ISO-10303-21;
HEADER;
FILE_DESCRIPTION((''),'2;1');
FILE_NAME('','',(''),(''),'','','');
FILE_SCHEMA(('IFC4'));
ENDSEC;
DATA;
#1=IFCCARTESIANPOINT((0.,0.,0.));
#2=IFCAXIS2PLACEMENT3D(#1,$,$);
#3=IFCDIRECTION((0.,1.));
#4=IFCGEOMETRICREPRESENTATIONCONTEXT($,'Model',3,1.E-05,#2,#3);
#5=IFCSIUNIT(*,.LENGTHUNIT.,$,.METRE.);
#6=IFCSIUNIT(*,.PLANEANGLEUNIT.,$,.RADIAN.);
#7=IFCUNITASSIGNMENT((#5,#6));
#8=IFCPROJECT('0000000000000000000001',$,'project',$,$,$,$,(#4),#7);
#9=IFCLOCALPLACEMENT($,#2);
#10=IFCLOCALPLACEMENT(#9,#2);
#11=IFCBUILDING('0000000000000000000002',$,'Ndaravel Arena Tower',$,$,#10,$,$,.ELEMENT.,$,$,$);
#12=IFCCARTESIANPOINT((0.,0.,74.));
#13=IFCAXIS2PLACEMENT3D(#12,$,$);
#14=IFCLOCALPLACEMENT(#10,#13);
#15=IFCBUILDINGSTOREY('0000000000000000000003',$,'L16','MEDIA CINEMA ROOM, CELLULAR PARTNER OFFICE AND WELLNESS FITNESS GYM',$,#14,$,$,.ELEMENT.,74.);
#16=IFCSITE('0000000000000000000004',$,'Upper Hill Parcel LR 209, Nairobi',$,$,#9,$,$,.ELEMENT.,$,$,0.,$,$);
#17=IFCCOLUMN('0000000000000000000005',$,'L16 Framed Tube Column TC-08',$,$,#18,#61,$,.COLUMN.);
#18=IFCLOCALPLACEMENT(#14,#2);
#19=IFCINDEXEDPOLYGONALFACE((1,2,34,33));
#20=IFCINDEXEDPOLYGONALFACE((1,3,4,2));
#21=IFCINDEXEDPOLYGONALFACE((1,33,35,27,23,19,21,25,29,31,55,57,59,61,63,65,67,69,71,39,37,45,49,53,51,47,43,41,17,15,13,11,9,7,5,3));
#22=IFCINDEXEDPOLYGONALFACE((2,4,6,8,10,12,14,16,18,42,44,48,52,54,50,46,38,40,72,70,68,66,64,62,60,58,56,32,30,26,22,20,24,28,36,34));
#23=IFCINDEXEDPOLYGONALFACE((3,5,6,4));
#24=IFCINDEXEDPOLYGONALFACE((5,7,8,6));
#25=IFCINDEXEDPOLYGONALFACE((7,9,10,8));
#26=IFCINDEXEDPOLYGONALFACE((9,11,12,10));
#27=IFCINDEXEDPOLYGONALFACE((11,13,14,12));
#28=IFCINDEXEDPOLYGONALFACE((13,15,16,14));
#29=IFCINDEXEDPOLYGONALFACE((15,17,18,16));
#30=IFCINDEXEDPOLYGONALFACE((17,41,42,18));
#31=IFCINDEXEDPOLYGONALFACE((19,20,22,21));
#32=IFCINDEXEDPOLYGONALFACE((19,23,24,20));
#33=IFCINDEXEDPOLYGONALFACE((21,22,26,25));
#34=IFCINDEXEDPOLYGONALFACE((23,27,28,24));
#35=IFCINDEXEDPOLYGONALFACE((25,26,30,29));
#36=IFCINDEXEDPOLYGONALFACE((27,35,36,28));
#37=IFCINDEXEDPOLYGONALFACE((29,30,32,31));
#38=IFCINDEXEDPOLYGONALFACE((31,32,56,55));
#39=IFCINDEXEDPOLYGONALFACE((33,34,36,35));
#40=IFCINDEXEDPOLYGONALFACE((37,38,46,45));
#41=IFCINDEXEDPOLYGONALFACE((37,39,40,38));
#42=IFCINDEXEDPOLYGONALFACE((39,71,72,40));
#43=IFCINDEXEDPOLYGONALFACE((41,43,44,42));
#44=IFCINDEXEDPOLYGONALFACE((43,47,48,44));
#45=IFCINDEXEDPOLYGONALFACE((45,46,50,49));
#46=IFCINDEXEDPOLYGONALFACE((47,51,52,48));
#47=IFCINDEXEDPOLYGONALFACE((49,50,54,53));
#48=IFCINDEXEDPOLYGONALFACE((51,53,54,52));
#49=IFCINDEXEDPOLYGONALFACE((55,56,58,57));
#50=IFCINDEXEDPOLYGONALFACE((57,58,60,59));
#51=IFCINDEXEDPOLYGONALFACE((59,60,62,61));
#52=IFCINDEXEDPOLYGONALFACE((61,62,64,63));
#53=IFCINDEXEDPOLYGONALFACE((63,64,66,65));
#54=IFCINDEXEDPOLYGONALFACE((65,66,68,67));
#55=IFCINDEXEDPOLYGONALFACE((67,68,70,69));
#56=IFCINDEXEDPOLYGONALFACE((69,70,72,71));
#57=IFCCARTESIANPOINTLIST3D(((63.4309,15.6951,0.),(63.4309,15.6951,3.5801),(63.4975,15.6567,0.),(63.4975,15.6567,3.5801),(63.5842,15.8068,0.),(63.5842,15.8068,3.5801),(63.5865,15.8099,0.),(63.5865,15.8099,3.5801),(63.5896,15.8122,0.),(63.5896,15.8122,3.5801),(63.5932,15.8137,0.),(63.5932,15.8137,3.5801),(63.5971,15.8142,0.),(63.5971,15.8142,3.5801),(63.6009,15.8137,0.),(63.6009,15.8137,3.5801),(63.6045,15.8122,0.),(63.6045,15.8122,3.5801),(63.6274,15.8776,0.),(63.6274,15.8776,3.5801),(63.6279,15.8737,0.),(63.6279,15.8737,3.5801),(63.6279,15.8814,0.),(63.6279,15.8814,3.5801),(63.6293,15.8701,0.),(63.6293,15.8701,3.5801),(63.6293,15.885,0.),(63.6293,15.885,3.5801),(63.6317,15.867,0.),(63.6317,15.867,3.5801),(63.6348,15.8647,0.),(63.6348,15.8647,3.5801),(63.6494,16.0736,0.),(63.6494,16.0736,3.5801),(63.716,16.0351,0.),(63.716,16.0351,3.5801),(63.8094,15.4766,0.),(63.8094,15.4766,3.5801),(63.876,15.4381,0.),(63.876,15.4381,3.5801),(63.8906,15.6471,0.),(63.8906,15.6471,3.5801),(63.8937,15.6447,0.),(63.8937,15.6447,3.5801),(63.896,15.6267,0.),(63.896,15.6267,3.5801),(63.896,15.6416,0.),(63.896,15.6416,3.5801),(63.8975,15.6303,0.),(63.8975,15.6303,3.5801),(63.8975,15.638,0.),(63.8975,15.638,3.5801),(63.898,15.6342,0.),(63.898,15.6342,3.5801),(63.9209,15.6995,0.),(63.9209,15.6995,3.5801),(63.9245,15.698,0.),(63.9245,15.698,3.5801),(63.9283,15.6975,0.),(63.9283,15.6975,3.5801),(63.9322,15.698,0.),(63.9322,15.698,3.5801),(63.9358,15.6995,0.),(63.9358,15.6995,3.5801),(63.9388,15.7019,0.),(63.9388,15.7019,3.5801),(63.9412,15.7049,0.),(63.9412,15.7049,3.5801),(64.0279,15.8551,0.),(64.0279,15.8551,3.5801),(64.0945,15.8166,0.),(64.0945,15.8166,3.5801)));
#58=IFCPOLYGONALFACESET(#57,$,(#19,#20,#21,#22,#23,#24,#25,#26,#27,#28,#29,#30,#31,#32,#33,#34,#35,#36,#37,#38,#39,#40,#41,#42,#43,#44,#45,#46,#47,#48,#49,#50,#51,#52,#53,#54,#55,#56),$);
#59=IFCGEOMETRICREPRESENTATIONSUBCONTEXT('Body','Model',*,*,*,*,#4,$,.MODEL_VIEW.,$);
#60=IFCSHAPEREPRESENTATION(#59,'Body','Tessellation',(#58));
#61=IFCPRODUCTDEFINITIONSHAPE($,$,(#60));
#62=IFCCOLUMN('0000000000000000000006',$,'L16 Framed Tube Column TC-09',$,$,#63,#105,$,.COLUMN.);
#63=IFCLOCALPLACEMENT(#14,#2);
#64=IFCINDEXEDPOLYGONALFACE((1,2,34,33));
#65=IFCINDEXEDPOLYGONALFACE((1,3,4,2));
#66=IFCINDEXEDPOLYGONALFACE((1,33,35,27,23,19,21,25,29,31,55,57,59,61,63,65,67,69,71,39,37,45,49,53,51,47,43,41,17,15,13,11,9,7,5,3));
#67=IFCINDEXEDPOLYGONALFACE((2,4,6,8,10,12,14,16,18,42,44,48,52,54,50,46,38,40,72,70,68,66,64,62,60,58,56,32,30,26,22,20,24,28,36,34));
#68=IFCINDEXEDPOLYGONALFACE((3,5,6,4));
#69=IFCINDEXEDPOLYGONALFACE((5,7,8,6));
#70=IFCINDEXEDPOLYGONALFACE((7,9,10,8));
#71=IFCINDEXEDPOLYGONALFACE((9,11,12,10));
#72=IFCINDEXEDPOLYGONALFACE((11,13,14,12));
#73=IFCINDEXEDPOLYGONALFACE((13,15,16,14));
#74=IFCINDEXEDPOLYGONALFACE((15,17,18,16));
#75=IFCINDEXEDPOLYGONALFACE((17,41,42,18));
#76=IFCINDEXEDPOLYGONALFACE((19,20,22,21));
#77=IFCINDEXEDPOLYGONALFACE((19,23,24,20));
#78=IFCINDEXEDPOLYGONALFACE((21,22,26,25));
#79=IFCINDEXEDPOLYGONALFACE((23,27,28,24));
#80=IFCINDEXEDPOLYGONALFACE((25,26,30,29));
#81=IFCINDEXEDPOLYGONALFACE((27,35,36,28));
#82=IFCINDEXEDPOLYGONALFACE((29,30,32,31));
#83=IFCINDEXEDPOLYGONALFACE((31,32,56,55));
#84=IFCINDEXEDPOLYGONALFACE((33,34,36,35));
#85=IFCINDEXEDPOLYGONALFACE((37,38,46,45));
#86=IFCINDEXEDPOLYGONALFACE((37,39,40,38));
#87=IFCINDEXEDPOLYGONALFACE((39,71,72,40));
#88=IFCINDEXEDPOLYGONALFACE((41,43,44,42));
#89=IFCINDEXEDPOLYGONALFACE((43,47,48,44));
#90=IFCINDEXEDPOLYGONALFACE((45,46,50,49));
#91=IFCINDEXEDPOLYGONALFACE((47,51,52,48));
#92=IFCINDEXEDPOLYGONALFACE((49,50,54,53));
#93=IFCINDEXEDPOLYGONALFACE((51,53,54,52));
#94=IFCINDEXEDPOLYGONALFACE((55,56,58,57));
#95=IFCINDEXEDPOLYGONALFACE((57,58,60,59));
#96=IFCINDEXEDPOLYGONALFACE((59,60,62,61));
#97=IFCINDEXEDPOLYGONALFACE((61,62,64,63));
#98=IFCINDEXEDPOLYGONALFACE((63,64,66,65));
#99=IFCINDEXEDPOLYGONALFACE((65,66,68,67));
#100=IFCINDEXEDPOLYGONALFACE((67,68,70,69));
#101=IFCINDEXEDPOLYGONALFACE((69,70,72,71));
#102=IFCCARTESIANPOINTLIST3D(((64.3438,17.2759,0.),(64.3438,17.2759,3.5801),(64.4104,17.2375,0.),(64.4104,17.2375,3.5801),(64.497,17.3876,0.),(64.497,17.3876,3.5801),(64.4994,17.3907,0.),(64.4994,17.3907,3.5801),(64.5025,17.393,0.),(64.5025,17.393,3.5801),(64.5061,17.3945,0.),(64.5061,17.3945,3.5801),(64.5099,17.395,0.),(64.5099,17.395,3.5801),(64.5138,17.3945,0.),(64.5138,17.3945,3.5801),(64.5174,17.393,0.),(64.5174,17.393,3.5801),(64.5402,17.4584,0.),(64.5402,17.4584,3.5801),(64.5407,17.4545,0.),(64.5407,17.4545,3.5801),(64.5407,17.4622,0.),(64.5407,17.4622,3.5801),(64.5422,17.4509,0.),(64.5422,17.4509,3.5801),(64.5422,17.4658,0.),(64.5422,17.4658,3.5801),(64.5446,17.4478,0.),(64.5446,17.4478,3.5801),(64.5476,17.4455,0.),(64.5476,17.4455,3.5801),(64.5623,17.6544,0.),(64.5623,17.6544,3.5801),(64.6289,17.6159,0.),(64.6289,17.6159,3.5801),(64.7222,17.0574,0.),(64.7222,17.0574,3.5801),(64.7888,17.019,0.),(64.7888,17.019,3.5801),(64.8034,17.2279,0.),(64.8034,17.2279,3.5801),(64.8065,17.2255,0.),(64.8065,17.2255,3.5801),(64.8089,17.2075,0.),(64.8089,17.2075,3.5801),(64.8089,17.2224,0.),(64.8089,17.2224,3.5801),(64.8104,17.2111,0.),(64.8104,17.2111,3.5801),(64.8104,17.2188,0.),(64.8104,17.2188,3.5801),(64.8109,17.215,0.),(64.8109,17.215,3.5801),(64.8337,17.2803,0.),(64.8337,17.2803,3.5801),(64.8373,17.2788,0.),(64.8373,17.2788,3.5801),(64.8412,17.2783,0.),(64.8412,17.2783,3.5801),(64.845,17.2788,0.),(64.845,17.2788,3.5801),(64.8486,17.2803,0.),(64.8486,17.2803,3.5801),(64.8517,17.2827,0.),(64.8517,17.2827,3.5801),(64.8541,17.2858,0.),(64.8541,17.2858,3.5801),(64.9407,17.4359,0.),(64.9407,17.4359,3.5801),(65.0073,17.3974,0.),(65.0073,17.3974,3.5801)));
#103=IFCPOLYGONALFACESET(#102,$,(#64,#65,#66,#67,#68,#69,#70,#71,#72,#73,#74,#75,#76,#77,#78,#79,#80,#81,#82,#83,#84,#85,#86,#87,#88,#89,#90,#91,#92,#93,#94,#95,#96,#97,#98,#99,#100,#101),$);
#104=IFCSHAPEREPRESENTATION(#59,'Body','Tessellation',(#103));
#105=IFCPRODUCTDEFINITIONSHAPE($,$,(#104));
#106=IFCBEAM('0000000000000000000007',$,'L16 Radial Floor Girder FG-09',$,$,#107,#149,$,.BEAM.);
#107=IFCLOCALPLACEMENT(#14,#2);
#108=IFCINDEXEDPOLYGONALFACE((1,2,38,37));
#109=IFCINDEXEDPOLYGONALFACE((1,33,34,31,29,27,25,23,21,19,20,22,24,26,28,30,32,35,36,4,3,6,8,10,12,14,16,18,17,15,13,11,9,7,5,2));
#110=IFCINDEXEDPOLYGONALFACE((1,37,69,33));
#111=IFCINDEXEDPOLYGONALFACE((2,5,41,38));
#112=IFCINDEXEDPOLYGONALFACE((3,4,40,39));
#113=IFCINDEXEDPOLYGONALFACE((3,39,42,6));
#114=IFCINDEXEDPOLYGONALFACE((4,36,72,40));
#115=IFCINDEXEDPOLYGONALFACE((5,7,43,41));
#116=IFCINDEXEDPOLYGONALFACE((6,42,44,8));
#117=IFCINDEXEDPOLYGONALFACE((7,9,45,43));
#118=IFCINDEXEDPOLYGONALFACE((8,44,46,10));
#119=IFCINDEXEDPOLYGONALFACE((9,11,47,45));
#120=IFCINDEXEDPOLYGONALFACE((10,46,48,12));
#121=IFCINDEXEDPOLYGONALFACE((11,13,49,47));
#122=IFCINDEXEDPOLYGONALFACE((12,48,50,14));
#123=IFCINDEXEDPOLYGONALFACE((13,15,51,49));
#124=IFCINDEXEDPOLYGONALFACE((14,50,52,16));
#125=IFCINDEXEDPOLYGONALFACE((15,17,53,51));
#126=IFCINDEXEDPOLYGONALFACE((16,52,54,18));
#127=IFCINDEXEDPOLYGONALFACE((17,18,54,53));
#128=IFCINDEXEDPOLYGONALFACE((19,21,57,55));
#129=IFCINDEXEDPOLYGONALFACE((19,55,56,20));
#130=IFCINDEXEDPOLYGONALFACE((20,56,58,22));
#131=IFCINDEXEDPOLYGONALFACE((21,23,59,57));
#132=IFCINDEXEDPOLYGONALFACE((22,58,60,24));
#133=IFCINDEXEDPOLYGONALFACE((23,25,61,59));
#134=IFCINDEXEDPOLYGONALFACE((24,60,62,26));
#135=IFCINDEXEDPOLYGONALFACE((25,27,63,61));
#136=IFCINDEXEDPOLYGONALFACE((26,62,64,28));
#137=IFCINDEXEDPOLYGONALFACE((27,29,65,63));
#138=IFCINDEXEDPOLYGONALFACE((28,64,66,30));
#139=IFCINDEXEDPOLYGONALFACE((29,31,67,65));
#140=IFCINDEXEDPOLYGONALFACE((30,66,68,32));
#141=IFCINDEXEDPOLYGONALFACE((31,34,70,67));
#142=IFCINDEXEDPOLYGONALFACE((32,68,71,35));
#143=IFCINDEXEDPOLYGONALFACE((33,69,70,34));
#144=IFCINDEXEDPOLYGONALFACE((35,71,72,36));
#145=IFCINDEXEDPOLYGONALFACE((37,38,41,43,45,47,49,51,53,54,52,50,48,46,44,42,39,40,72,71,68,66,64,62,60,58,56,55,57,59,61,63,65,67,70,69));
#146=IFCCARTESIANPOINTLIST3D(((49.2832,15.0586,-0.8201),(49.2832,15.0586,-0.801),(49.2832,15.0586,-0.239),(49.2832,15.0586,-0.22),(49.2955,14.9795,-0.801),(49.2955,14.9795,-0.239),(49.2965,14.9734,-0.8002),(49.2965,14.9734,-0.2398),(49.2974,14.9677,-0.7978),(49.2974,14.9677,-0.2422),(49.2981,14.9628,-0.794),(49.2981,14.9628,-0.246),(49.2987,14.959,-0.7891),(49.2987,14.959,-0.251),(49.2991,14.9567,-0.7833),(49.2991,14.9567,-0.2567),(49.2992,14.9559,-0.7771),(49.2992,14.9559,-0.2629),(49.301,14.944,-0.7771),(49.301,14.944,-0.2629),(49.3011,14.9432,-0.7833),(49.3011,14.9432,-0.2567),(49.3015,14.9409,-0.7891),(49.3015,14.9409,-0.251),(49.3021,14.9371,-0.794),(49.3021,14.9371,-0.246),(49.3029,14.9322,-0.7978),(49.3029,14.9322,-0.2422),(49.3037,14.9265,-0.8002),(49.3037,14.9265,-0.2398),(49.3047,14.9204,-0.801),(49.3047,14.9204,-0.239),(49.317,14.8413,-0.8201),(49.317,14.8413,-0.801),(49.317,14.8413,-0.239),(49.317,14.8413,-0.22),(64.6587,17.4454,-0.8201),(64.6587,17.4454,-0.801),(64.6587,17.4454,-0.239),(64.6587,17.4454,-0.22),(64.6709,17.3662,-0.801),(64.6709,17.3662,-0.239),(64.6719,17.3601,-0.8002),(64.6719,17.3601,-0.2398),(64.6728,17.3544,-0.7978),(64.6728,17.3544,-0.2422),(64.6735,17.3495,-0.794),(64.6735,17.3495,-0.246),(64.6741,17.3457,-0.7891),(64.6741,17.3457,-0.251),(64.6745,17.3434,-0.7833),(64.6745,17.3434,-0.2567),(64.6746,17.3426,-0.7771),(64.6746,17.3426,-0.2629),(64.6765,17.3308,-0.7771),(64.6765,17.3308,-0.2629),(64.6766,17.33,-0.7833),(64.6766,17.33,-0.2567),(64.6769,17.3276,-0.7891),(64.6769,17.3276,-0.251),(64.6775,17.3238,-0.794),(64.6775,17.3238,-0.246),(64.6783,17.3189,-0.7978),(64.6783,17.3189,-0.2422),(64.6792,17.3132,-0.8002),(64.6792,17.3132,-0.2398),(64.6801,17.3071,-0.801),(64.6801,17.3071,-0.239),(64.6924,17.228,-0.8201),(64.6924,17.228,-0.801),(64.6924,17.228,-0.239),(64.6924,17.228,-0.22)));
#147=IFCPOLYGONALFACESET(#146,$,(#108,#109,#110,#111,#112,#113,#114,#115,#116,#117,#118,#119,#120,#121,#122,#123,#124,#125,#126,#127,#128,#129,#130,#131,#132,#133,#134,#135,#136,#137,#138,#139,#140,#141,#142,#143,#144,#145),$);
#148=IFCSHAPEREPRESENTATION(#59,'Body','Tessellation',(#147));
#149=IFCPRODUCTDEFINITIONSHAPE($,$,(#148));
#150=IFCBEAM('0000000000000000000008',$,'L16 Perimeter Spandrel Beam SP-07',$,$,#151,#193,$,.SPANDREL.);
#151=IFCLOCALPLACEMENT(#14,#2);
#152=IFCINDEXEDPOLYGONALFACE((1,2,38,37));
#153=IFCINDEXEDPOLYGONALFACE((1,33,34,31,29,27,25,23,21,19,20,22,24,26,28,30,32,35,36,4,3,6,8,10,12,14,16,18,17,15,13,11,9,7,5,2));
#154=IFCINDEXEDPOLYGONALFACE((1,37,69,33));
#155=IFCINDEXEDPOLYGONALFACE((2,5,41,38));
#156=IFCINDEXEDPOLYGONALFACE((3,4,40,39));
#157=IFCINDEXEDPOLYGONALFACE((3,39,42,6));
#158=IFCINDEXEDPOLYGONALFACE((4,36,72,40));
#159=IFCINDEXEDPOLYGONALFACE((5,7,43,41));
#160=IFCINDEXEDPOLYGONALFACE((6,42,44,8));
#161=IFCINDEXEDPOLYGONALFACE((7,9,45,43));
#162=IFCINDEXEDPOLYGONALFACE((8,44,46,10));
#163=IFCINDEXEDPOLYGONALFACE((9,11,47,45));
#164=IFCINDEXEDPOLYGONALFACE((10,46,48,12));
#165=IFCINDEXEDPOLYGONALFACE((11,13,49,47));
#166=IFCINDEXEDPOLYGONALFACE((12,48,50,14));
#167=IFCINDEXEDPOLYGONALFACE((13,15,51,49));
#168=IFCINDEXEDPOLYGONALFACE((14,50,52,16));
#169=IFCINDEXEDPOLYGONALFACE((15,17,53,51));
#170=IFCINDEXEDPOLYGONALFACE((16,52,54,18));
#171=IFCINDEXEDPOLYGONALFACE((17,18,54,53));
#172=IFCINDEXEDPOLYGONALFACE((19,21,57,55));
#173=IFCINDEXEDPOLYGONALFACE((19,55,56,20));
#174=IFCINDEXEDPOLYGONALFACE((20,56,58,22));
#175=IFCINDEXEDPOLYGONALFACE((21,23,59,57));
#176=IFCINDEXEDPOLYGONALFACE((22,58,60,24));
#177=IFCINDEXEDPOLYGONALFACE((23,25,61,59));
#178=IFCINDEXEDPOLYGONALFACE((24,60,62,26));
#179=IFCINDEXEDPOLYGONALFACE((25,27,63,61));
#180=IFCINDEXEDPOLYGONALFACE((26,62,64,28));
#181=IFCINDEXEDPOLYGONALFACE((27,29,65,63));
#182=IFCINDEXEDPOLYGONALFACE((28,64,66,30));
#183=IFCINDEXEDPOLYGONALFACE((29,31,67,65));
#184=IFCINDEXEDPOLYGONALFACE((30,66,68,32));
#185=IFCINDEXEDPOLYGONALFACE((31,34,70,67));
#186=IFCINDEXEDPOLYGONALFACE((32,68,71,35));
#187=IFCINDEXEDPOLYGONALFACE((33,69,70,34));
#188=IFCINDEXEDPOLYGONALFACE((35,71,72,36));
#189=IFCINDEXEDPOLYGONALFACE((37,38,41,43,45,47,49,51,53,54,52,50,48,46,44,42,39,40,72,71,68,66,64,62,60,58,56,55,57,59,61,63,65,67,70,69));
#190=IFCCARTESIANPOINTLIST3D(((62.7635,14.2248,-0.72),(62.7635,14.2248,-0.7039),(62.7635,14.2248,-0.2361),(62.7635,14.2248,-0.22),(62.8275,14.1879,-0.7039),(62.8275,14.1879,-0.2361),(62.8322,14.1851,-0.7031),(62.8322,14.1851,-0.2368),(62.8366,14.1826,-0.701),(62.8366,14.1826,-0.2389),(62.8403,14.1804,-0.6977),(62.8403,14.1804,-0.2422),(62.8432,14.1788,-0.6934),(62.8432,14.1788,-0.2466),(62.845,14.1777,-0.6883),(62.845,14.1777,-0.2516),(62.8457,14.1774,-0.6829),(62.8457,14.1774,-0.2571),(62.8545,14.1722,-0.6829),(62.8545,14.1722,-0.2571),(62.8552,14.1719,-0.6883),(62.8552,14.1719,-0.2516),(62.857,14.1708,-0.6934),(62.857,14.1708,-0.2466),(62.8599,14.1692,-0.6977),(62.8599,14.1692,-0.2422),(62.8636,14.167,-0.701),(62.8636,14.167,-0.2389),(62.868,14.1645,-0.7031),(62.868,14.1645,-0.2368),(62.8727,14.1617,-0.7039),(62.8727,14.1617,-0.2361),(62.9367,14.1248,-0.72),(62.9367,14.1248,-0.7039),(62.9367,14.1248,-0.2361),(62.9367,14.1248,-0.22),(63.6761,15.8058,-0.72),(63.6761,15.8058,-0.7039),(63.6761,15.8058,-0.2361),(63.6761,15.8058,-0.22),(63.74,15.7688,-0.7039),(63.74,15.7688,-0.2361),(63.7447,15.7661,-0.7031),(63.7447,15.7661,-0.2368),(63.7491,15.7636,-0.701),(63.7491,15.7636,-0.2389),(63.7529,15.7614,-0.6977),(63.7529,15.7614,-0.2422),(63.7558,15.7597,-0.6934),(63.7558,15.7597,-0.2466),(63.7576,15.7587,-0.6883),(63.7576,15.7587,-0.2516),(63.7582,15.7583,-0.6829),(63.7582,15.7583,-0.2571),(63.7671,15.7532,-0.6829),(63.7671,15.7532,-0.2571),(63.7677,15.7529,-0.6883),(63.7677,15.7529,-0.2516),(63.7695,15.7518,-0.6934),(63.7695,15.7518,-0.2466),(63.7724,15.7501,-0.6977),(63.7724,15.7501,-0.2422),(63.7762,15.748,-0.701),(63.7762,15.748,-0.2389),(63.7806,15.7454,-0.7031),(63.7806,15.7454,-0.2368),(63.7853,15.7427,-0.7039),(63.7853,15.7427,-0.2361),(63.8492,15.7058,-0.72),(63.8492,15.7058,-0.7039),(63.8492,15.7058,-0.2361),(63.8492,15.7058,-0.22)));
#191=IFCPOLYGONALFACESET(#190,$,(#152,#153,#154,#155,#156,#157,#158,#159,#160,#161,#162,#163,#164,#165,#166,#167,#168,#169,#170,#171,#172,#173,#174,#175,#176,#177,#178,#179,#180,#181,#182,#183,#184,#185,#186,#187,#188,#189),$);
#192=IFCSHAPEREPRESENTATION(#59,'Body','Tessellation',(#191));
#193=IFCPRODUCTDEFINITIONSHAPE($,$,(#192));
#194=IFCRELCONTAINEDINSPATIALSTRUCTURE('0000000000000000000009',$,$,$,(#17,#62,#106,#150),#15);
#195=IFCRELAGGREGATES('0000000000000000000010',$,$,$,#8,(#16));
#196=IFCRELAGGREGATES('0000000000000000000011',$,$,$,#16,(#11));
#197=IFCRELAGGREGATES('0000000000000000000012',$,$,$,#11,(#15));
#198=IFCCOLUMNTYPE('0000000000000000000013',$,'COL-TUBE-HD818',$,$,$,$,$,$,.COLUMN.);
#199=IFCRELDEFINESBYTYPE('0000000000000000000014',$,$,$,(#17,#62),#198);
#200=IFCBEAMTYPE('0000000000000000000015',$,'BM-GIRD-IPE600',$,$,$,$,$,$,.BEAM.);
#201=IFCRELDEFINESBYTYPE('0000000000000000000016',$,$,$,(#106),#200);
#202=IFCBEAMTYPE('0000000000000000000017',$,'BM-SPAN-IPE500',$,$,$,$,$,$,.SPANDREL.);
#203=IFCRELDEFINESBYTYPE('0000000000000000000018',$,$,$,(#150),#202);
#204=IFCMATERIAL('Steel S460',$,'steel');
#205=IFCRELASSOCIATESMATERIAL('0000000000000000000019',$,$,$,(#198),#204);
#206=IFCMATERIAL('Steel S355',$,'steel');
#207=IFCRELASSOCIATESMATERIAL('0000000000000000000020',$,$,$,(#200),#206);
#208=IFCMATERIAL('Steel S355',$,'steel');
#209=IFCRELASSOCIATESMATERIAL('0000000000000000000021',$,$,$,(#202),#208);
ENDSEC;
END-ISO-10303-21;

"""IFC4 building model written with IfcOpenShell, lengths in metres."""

from ifc_helpers import new_model, si_unit, direction, frame, origin, origin_2d, place, context, subcontext, project, spatial, i_section, extrude, material, material_profile, profile_set, type_object, element, save


model = new_model("IFC4")

# Units and contexts
model_context = context("Model", 3, precision=1e-05, world=origin(), true_north=direction((0.0, 1.0)))
body_context = subcontext(model_context, "Body", "Model", "MODEL_VIEW")
ifc_project = project(units=[si_unit("LENGTHUNIT", "METRE"), si_unit("PLANEANGLEUNIT", "RADIAN")], contexts=[model_context])

# Site, building, storey
site_placement = place(None, origin())
site = spatial("IfcSite", under=ifc_project, at=site_placement, Name="Upper Hill Parcel LR 209, Nairobi", CompositionType="ELEMENT", RefElevation=0.0)
building_placement = place(site_placement, origin())
building = spatial("IfcBuilding", under=site, at=building_placement, Name="Ndaravel Arena Tower", CompositionType="ELEMENT")
storey_placement = place(building_placement, frame((0.0, 0.0, 74.0)))
storey = spatial("IfcBuildingStorey", under=building, at=storey_placement, Name="L16", Description="MEDIA CINEMA ROOM, CELLULAR PARTNER OFFICE AND WELLNESS FITNESS GYM", CompositionType="ELEMENT", Elevation=74.0)

# Columns
ifc_material_1 = material(Name="Steel S460", Category="steel")
ifc_material_profile_1 = material_profile(ifc_material_1, i_section(OverallWidth=0.437, OverallDepth=0.5139, WebThickness=0.0605, FlangeThickness=0.0769, FilletRadius=0.0149, at=origin_2d()), Name="HD 400x818")
ifc_profile_set_1 = profile_set([ifc_material_profile_1], Name="Steel S460")
column_type = type_object("IfcColumnType", Name="COL-TUBE-HD818", PredefinedType="COLUMN", material=ifc_profile_set_1)
for number, where, z_axis, x_axis, name in (
    (1, (63.7627, 15.7559, 0.0), (0.0, 0.0, 1.0), (0.5, 0.866025, 0.0), "L16 Framed Tube Column TC-08"),
    (2, (64.6755, 17.3367, 0.0), (0.0, 0.0, 1.0), (0.5, 0.866025, 0.0), "L16 Framed Tube Column TC-09"),
):
    element("IfcColumn", number, at=place(storey_placement, frame(where, z_axis=z_axis, x_axis=x_axis)), inside=storey, type_object=column_type, Name=name, PredefinedType="COLUMN", context=body_context, shape_type="SweptSolid", body=[
        extrude(i_section(OverallWidth=0.437, OverallDepth=0.5139, WebThickness=0.0605, FlangeThickness=0.0769, FilletRadius=0.0149, at=origin_2d()), origin(), (0.0, 0.0, 1.0), 3.5801),
    ])

# Beams
ifc_material_2 = material(Name="Steel S355", Category="steel")
ifc_material_profile_2 = material_profile(ifc_material_2, i_section(OverallWidth=0.22, OverallDepth=0.6001, WebThickness=0.012, FlangeThickness=0.019, FilletRadius=0.0239, at=origin_2d()), Name="IPE 600")
ifc_profile_set_2 = profile_set([ifc_material_profile_2], Name="Steel S355")
beam_type_1 = type_object("IfcBeamType", Name="BM-GIRD-IPE600", PredefinedType="BEAM", material=ifc_profile_set_2)
beam_1_placement = place(storey_placement, frame((64.6755, 17.3367, -0.52), z_axis=(-0.988165, -0.153392, 0.0), x_axis=(0.153392, -0.988165, 0.0)))
element("IfcBeam", 3, at=beam_1_placement, inside=storey, type_object=beam_type_1, Name="L16 Radial Floor Girder FG-09", PredefinedType="BEAM", context=body_context, shape_type="SweptSolid", body=[
    extrude(i_section(OverallWidth=0.22, OverallDepth=0.6001, WebThickness=0.012, FlangeThickness=0.019, FilletRadius=0.0239, at=origin_2d()), origin(), (0.0, 0.0, 1.0), 15.5596),
])
ifc_material_3 = material(Name="Steel S355", Category="steel")
ifc_material_profile_3 = material_profile(ifc_material_3, i_section(OverallWidth=0.2, OverallDepth=0.5, WebThickness=0.0103, FlangeThickness=0.0161, FilletRadius=0.021, at=origin_2d()), Name="IPE 500")
ifc_profile_set_3 = profile_set([ifc_material_profile_3], Name="Steel S355")
beam_type_2 = type_object("IfcBeamType", Name="BM-SPAN-IPE500", PredefinedType="SPANDREL", material=ifc_profile_set_3)
for number, where, z_axis, x_axis, name in (
    (4, (62.8501, 14.1748, -0.47), (0.499908, 0.866079, 0.0), (-0.866079, 0.499908, 0.0), "L16 Perimeter Spandrel Beam SP-07"),
):
    element("IfcBeam", number, at=place(storey_placement, frame(where, z_axis=z_axis, x_axis=x_axis)), inside=storey, type_object=beam_type_2, Name=name, PredefinedType="SPANDREL", context=body_context, shape_type="SweptSolid", body=[
        extrude(i_section(OverallWidth=0.2, OverallDepth=0.5, WebThickness=0.0103, FlangeThickness=0.0161, FilletRadius=0.021, at=origin_2d()), origin(), (0.0, 0.0, 1.0), 1.8254),
    ])

save(model, "model.ifc")
